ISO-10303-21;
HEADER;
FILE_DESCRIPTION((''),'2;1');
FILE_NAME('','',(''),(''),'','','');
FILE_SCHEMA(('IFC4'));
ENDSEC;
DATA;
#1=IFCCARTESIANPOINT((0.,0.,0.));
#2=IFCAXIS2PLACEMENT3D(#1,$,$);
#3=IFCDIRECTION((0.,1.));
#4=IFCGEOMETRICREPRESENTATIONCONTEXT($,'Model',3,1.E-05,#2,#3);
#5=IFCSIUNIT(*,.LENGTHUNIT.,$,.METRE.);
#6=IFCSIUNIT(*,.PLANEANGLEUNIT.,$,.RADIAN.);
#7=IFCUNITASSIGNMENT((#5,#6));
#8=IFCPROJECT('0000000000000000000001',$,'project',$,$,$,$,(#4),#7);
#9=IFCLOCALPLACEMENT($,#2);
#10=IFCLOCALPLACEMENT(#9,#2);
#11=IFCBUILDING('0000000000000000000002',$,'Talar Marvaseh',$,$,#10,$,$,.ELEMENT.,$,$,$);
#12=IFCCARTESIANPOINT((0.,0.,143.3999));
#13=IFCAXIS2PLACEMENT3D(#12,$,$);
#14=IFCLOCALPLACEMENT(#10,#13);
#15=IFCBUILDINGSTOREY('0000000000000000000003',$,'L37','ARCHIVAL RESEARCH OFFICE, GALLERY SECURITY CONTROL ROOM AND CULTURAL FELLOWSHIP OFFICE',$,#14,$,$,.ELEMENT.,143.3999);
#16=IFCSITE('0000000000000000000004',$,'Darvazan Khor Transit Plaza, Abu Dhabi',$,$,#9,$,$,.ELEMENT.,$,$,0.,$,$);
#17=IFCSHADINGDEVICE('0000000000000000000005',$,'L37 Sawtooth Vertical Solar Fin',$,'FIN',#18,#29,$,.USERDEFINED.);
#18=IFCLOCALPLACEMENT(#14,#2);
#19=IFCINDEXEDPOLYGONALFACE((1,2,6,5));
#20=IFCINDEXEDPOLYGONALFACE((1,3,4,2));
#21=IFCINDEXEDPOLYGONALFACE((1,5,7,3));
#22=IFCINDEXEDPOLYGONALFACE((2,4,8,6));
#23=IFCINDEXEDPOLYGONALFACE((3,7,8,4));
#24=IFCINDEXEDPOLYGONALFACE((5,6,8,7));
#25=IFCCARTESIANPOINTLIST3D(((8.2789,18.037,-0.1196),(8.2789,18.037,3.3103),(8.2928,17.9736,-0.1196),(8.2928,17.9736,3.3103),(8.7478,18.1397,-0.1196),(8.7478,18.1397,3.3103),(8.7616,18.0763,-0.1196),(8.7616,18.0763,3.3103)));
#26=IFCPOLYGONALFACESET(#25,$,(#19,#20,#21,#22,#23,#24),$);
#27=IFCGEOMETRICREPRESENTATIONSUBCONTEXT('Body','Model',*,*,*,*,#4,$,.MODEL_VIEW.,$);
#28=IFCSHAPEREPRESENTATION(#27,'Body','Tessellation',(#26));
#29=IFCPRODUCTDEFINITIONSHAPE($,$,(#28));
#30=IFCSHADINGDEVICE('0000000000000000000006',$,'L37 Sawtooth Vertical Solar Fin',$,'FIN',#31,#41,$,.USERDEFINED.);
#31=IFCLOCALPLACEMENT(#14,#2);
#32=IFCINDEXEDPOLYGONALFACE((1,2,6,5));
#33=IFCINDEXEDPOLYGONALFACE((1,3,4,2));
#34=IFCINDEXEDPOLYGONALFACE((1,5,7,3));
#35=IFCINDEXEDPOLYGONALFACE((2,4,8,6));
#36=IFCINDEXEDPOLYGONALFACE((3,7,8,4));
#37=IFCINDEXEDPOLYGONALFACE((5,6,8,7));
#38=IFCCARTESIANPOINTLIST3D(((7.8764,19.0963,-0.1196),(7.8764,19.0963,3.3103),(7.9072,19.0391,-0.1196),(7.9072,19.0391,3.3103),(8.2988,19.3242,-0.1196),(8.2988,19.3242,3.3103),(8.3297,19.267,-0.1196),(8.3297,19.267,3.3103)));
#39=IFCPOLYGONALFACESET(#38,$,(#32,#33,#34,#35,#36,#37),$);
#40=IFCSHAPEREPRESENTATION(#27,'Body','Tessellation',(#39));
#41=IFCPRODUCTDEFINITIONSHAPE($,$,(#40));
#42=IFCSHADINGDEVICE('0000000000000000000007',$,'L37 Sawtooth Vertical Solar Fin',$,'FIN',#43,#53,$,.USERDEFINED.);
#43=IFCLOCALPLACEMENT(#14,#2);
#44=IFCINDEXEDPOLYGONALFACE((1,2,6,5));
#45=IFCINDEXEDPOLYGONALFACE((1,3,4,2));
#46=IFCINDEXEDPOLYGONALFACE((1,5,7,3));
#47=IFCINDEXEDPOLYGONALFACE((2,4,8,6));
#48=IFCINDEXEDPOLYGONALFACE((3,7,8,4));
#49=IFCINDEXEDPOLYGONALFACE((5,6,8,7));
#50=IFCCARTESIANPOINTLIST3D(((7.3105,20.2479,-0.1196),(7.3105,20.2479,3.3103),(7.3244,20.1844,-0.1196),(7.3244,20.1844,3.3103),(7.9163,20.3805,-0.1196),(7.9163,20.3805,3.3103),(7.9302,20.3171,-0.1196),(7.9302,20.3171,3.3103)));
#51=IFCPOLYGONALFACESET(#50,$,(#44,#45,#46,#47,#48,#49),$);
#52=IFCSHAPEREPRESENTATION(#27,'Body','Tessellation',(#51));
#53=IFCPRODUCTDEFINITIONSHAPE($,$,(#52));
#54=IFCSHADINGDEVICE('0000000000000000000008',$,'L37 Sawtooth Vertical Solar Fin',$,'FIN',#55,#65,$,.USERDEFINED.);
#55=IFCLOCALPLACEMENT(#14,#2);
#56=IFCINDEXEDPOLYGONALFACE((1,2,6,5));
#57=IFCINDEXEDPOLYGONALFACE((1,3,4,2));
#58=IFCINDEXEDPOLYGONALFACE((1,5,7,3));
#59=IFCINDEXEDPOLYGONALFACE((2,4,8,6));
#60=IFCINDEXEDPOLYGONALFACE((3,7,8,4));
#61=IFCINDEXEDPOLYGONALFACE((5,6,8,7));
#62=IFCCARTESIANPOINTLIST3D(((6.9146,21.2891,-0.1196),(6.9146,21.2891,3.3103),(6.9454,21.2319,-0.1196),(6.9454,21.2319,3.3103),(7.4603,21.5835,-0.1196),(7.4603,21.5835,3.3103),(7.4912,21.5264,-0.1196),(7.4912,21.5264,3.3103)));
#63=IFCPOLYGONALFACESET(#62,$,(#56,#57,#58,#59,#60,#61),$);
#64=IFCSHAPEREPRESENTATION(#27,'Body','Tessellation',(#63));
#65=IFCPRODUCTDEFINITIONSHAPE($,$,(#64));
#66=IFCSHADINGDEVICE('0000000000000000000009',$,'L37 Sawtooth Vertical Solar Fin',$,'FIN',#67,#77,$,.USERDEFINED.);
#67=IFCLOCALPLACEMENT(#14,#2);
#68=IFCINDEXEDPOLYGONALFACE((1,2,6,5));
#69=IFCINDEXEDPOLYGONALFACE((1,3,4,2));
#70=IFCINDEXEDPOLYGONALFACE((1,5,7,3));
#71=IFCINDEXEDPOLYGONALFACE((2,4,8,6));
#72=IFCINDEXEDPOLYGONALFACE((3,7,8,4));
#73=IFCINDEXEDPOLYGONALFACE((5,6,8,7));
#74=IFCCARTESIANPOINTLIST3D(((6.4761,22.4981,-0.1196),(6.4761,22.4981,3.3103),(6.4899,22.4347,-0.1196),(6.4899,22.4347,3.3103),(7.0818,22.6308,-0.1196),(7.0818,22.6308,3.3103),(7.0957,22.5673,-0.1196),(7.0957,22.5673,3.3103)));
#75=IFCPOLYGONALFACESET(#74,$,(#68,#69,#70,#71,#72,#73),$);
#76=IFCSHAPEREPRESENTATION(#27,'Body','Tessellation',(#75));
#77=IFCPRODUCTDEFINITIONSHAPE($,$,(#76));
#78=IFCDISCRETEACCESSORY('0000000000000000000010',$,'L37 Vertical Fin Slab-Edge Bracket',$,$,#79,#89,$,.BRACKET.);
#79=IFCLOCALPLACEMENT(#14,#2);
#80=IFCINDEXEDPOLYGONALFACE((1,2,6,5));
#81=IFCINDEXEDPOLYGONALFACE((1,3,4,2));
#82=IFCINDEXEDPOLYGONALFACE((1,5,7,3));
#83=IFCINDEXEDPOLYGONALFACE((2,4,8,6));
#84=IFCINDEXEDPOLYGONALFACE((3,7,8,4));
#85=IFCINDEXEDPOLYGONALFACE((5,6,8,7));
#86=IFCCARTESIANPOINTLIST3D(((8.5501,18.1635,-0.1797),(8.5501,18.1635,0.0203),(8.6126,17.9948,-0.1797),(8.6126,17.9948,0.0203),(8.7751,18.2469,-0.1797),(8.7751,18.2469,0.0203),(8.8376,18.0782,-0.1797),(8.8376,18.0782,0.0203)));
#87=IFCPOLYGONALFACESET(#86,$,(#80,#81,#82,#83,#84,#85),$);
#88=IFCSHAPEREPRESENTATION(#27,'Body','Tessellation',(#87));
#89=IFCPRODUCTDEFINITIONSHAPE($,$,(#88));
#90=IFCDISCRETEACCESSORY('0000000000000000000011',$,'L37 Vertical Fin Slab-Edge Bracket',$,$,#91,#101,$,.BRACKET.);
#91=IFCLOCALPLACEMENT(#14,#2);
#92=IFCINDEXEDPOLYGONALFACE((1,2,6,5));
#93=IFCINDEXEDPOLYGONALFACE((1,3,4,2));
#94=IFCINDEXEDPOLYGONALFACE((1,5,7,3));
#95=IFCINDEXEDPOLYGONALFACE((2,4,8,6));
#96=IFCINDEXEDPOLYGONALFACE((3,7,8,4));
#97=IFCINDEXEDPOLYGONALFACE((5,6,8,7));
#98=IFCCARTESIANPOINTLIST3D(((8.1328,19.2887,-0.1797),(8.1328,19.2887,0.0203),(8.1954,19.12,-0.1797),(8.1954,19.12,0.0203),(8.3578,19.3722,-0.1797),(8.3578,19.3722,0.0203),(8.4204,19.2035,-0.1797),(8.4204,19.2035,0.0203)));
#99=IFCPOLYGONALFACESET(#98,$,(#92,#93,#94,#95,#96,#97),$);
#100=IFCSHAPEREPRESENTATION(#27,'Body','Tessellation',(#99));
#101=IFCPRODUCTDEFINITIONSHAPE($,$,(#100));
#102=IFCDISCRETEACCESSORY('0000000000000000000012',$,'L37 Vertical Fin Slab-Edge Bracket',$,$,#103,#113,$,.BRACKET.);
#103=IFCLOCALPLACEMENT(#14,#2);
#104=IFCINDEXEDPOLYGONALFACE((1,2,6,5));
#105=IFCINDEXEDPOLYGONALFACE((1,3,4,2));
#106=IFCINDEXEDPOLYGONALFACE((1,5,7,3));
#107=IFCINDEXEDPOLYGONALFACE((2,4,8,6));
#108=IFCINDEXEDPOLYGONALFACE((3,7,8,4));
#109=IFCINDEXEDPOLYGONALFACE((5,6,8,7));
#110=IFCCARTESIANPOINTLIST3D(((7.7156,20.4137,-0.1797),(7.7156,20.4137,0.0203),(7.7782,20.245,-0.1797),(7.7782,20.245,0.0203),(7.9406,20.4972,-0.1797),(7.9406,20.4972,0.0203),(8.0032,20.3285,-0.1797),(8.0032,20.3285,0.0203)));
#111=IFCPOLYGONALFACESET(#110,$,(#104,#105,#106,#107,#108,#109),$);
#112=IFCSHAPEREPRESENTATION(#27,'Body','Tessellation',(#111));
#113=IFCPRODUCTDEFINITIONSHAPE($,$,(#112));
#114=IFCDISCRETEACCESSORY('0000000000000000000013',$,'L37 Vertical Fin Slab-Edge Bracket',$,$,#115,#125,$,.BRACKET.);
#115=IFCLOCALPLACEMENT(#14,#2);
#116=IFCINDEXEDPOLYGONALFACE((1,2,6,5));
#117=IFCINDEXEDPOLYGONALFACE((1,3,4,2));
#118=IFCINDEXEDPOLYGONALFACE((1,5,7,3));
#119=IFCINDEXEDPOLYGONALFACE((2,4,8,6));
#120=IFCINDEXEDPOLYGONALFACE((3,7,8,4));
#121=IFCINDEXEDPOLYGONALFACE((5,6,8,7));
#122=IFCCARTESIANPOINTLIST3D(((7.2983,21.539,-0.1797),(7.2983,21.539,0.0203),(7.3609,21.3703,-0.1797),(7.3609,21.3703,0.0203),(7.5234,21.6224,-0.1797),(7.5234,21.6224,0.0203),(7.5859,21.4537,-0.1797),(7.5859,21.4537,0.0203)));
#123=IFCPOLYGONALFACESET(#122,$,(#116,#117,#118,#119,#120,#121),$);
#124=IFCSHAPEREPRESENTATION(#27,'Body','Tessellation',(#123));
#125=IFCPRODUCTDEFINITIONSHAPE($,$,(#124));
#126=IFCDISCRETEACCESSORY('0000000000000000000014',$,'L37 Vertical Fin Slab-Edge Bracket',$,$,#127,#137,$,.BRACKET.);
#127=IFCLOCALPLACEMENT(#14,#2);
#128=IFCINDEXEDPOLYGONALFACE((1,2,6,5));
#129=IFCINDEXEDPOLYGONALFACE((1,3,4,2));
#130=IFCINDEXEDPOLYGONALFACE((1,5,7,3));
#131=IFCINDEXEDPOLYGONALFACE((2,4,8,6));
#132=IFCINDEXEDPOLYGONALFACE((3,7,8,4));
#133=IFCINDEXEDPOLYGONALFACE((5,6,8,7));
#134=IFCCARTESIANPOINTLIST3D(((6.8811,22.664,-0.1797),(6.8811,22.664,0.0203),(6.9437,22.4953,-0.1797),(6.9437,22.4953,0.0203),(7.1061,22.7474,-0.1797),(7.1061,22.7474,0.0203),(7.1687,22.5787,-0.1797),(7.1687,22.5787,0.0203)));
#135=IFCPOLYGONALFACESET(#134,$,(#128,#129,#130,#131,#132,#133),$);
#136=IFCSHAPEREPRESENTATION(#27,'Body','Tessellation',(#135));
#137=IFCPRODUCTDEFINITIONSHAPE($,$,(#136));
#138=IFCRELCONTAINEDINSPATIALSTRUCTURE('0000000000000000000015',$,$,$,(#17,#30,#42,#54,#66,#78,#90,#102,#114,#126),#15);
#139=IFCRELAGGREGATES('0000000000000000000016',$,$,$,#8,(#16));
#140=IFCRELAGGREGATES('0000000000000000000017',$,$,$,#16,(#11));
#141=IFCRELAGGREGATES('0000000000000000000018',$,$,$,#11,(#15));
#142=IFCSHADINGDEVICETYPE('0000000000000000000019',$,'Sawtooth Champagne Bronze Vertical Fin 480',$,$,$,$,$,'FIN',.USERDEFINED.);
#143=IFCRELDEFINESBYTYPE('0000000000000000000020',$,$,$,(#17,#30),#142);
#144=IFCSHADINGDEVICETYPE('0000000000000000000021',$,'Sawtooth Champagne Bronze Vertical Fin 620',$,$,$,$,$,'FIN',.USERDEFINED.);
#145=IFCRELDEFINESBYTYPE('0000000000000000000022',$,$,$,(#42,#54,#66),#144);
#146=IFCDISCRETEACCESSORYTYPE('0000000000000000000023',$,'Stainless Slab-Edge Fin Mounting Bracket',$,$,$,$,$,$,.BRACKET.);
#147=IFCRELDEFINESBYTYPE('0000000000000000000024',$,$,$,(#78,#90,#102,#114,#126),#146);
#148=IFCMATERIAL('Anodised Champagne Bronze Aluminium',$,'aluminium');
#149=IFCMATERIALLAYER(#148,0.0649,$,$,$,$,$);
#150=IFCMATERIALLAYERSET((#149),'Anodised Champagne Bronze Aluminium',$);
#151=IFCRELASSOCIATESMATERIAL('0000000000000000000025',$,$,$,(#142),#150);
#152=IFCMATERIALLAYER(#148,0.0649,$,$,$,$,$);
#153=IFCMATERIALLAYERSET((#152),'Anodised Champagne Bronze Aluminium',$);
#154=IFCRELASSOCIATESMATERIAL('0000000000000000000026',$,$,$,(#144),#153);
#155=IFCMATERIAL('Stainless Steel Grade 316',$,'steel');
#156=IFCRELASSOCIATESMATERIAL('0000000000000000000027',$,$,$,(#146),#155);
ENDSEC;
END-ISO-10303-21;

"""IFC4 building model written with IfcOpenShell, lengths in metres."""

from ifc_helpers import new_model, si_unit, direction, frame, origin, origin_2d, place, context, subcontext, project, spatial, rectangle, extrude, source, transform, mapped, material, layer, layer_set, type_object, type_shapes, element, save


model = new_model("IFC4")

# Units and contexts
model_context = context("Model", 3, precision=1e-05, world=origin(), true_north=direction((0.0, 1.0)))
body_context = subcontext(model_context, "Body", "Model", "MODEL_VIEW")
ifc_project = project(units=[si_unit("LENGTHUNIT", "METRE"), si_unit("PLANEANGLEUNIT", "RADIAN")], contexts=[model_context])

# Site, building, storey
site_placement = place(None, origin())
site = spatial("IfcSite", under=ifc_project, at=site_placement, Name="Darvazan Khor Transit Plaza, Abu Dhabi", CompositionType="ELEMENT", RefElevation=0.0)
building_placement = place(site_placement, origin())
building = spatial("IfcBuilding", under=site, at=building_placement, Name="Talar Marvaseh", CompositionType="ELEMENT")
storey_placement = place(building_placement, frame((0.0, 0.0, 143.3999)))
storey = spatial("IfcBuildingStorey", under=building, at=storey_placement, Name="L37", Description="ARCHIVAL RESEARCH OFFICE, GALLERY SECURITY CONTROL ROOM AND CULTURAL FELLOWSHIP OFFICE", CompositionType="ELEMENT", Elevation=143.3999)

# Shading devices
ifc_material_1 = material(Name="Anodised Champagne Bronze Aluminium", Category="aluminium")
ifc_layer_1 = layer(ifc_material_1, 0.0649)
ifc_layer_set_1 = layer_set([ifc_layer_1], Name="Anodised Champagne Bronze Aluminium")
shading_device_type_1 = type_object("IfcShadingDeviceType", Name="Sawtooth Champagne Bronze Vertical Fin 480", ElementType="FIN", PredefinedType="USERDEFINED", material=ifc_layer_set_1)
shared_shape_1 = source(origin(), body_context, "Body", "SweptSolid", [
    extrude(rectangle(XDim=0.48, YDim=0.0649, at=origin_2d()), origin(), (0.0, 0.0, 1.0), 3.4299),
])
type_shapes(shading_device_type_1, [shared_shape_1])
for number, where, z_axis, x_axis, name in (
    (1, (8.5203, 18.0566, -0.1196), (0.0, 0.0, 1.0), (-0.976859, -0.213883, 0.0), "L37 Sawtooth Vertical Solar Fin"),
    (2, (8.103, 19.1816, -0.1196), (0.0, 0.0, 1.0), (-0.880063, -0.474856, 0.0), "L37 Sawtooth Vertical Solar Fin"),
):
    element("IfcShadingDevice", number, at=place(storey_placement, frame(where, z_axis=z_axis, x_axis=x_axis)), inside=storey, type_object=shading_device_type_1, Name=name, ObjectType="FIN", PredefinedType="USERDEFINED", context=body_context, shape_type="MappedRepresentation", body=[
        mapped(shared_shape_1, transform((0.0, 0.0, 0.0), x_axis=(1.0, 0.0, 0.0), y_axis=(0.0, 1.0, 0.0), z_axis=(0.0, 0.0, 1.0), scale=1.0)),
    ])
ifc_layer_2 = layer(ifc_material_1, 0.0649)
ifc_layer_set_2 = layer_set([ifc_layer_2], Name="Anodised Champagne Bronze Aluminium")
shading_device_type_2 = type_object("IfcShadingDeviceType", Name="Sawtooth Champagne Bronze Vertical Fin 620", ElementType="FIN", PredefinedType="USERDEFINED", material=ifc_layer_set_2)
shared_shape_2 = source(origin(), body_context, "Body", "SweptSolid", [
    extrude(rectangle(XDim=0.6201, YDim=0.0649, at=origin_2d()), origin(), (0.0, 0.0, 1.0), 3.4299),
])
type_shapes(shading_device_type_2, [shared_shape_2])
for number, where, z_axis, x_axis, name in (
    (3, (7.6204, 20.2825, -0.1196), (0.0, 0.0, 1.0), (-0.976859, -0.213883, 0.0), "L37 Sawtooth Vertical Solar Fin"),
    (4, (7.2029, 21.4077, -0.1196), (0.0, 0.0, 1.0), (-0.880063, -0.474856, 0.0), "L37 Sawtooth Vertical Solar Fin"),
    (5, (6.7859, 22.5327, -0.1196), (0.0, 0.0, 1.0), (-0.976859, -0.213883, 0.0), "L37 Sawtooth Vertical Solar Fin"),
):
    element("IfcShadingDevice", number, at=place(storey_placement, frame(where, z_axis=z_axis, x_axis=x_axis)), inside=storey, type_object=shading_device_type_2, Name=name, ObjectType="FIN", PredefinedType="USERDEFINED", context=body_context, shape_type="MappedRepresentation", body=[
        mapped(shared_shape_2, transform((0.0, 0.0, 0.0), x_axis=(1.0, 0.0, 0.0), y_axis=(0.0, 1.0, 0.0), z_axis=(0.0, 0.0, 1.0), scale=1.0)),
    ])

# Discrete accessories
ifc_material_2 = material(Name="Stainless Steel Grade 316", Category="steel")
discrete_accessory_type = type_object("IfcDiscreteAccessoryType", Name="Stainless Slab-Edge Fin Mounting Bracket", PredefinedType="BRACKET", material=ifc_material_2)
shared_shape_3 = source(origin(), body_context, "Body", "SweptSolid", [
    extrude(rectangle(XDim=0.24, YDim=0.1799, at=origin_2d()), origin(), (0.0, 0.0, 1.0), 0.2),
])
type_shapes(discrete_accessory_type, [shared_shape_3])
for number, where, z_axis, x_axis, name in (
    (6, (8.6938, 18.1208, -0.1797), (0.0, 0.0, 1.0), (-0.937586, -0.347754, 0.0), "L37 Vertical Fin Slab-Edge Bracket"),
    (7, (8.2766, 19.2461, -0.1797), (0.0, 0.0, 1.0), (-0.937586, -0.347754, 0.0), "L37 Vertical Fin Slab-Edge Bracket"),
    (8, (7.8594, 20.3711, -0.1797), (0.0, 0.0, 1.0), (-0.937586, -0.347754, 0.0), "L37 Vertical Fin Slab-Edge Bracket"),
    (9, (7.4421, 21.4963, -0.1797), (0.0, 0.0, 1.0), (-0.937586, -0.347754, 0.0), "L37 Vertical Fin Slab-Edge Bracket"),
    (10, (7.0249, 22.6213, -0.1797), (0.0, 0.0, 1.0), (-0.937586, -0.347754, 0.0), "L37 Vertical Fin Slab-Edge Bracket"),
):
    element("IfcDiscreteAccessory", number, at=place(storey_placement, frame(where, z_axis=z_axis, x_axis=x_axis)), inside=storey, type_object=discrete_accessory_type, Name=name, PredefinedType="BRACKET", context=body_context, shape_type="MappedRepresentation", body=[
        mapped(shared_shape_3, transform((0.0, 0.0, 0.0), x_axis=(1.0, 0.0, 0.0), y_axis=(0.0, 1.0, 0.0), z_axis=(0.0, 0.0, 1.0), scale=1.0)),
    ])

save(model, "model.ifc")
